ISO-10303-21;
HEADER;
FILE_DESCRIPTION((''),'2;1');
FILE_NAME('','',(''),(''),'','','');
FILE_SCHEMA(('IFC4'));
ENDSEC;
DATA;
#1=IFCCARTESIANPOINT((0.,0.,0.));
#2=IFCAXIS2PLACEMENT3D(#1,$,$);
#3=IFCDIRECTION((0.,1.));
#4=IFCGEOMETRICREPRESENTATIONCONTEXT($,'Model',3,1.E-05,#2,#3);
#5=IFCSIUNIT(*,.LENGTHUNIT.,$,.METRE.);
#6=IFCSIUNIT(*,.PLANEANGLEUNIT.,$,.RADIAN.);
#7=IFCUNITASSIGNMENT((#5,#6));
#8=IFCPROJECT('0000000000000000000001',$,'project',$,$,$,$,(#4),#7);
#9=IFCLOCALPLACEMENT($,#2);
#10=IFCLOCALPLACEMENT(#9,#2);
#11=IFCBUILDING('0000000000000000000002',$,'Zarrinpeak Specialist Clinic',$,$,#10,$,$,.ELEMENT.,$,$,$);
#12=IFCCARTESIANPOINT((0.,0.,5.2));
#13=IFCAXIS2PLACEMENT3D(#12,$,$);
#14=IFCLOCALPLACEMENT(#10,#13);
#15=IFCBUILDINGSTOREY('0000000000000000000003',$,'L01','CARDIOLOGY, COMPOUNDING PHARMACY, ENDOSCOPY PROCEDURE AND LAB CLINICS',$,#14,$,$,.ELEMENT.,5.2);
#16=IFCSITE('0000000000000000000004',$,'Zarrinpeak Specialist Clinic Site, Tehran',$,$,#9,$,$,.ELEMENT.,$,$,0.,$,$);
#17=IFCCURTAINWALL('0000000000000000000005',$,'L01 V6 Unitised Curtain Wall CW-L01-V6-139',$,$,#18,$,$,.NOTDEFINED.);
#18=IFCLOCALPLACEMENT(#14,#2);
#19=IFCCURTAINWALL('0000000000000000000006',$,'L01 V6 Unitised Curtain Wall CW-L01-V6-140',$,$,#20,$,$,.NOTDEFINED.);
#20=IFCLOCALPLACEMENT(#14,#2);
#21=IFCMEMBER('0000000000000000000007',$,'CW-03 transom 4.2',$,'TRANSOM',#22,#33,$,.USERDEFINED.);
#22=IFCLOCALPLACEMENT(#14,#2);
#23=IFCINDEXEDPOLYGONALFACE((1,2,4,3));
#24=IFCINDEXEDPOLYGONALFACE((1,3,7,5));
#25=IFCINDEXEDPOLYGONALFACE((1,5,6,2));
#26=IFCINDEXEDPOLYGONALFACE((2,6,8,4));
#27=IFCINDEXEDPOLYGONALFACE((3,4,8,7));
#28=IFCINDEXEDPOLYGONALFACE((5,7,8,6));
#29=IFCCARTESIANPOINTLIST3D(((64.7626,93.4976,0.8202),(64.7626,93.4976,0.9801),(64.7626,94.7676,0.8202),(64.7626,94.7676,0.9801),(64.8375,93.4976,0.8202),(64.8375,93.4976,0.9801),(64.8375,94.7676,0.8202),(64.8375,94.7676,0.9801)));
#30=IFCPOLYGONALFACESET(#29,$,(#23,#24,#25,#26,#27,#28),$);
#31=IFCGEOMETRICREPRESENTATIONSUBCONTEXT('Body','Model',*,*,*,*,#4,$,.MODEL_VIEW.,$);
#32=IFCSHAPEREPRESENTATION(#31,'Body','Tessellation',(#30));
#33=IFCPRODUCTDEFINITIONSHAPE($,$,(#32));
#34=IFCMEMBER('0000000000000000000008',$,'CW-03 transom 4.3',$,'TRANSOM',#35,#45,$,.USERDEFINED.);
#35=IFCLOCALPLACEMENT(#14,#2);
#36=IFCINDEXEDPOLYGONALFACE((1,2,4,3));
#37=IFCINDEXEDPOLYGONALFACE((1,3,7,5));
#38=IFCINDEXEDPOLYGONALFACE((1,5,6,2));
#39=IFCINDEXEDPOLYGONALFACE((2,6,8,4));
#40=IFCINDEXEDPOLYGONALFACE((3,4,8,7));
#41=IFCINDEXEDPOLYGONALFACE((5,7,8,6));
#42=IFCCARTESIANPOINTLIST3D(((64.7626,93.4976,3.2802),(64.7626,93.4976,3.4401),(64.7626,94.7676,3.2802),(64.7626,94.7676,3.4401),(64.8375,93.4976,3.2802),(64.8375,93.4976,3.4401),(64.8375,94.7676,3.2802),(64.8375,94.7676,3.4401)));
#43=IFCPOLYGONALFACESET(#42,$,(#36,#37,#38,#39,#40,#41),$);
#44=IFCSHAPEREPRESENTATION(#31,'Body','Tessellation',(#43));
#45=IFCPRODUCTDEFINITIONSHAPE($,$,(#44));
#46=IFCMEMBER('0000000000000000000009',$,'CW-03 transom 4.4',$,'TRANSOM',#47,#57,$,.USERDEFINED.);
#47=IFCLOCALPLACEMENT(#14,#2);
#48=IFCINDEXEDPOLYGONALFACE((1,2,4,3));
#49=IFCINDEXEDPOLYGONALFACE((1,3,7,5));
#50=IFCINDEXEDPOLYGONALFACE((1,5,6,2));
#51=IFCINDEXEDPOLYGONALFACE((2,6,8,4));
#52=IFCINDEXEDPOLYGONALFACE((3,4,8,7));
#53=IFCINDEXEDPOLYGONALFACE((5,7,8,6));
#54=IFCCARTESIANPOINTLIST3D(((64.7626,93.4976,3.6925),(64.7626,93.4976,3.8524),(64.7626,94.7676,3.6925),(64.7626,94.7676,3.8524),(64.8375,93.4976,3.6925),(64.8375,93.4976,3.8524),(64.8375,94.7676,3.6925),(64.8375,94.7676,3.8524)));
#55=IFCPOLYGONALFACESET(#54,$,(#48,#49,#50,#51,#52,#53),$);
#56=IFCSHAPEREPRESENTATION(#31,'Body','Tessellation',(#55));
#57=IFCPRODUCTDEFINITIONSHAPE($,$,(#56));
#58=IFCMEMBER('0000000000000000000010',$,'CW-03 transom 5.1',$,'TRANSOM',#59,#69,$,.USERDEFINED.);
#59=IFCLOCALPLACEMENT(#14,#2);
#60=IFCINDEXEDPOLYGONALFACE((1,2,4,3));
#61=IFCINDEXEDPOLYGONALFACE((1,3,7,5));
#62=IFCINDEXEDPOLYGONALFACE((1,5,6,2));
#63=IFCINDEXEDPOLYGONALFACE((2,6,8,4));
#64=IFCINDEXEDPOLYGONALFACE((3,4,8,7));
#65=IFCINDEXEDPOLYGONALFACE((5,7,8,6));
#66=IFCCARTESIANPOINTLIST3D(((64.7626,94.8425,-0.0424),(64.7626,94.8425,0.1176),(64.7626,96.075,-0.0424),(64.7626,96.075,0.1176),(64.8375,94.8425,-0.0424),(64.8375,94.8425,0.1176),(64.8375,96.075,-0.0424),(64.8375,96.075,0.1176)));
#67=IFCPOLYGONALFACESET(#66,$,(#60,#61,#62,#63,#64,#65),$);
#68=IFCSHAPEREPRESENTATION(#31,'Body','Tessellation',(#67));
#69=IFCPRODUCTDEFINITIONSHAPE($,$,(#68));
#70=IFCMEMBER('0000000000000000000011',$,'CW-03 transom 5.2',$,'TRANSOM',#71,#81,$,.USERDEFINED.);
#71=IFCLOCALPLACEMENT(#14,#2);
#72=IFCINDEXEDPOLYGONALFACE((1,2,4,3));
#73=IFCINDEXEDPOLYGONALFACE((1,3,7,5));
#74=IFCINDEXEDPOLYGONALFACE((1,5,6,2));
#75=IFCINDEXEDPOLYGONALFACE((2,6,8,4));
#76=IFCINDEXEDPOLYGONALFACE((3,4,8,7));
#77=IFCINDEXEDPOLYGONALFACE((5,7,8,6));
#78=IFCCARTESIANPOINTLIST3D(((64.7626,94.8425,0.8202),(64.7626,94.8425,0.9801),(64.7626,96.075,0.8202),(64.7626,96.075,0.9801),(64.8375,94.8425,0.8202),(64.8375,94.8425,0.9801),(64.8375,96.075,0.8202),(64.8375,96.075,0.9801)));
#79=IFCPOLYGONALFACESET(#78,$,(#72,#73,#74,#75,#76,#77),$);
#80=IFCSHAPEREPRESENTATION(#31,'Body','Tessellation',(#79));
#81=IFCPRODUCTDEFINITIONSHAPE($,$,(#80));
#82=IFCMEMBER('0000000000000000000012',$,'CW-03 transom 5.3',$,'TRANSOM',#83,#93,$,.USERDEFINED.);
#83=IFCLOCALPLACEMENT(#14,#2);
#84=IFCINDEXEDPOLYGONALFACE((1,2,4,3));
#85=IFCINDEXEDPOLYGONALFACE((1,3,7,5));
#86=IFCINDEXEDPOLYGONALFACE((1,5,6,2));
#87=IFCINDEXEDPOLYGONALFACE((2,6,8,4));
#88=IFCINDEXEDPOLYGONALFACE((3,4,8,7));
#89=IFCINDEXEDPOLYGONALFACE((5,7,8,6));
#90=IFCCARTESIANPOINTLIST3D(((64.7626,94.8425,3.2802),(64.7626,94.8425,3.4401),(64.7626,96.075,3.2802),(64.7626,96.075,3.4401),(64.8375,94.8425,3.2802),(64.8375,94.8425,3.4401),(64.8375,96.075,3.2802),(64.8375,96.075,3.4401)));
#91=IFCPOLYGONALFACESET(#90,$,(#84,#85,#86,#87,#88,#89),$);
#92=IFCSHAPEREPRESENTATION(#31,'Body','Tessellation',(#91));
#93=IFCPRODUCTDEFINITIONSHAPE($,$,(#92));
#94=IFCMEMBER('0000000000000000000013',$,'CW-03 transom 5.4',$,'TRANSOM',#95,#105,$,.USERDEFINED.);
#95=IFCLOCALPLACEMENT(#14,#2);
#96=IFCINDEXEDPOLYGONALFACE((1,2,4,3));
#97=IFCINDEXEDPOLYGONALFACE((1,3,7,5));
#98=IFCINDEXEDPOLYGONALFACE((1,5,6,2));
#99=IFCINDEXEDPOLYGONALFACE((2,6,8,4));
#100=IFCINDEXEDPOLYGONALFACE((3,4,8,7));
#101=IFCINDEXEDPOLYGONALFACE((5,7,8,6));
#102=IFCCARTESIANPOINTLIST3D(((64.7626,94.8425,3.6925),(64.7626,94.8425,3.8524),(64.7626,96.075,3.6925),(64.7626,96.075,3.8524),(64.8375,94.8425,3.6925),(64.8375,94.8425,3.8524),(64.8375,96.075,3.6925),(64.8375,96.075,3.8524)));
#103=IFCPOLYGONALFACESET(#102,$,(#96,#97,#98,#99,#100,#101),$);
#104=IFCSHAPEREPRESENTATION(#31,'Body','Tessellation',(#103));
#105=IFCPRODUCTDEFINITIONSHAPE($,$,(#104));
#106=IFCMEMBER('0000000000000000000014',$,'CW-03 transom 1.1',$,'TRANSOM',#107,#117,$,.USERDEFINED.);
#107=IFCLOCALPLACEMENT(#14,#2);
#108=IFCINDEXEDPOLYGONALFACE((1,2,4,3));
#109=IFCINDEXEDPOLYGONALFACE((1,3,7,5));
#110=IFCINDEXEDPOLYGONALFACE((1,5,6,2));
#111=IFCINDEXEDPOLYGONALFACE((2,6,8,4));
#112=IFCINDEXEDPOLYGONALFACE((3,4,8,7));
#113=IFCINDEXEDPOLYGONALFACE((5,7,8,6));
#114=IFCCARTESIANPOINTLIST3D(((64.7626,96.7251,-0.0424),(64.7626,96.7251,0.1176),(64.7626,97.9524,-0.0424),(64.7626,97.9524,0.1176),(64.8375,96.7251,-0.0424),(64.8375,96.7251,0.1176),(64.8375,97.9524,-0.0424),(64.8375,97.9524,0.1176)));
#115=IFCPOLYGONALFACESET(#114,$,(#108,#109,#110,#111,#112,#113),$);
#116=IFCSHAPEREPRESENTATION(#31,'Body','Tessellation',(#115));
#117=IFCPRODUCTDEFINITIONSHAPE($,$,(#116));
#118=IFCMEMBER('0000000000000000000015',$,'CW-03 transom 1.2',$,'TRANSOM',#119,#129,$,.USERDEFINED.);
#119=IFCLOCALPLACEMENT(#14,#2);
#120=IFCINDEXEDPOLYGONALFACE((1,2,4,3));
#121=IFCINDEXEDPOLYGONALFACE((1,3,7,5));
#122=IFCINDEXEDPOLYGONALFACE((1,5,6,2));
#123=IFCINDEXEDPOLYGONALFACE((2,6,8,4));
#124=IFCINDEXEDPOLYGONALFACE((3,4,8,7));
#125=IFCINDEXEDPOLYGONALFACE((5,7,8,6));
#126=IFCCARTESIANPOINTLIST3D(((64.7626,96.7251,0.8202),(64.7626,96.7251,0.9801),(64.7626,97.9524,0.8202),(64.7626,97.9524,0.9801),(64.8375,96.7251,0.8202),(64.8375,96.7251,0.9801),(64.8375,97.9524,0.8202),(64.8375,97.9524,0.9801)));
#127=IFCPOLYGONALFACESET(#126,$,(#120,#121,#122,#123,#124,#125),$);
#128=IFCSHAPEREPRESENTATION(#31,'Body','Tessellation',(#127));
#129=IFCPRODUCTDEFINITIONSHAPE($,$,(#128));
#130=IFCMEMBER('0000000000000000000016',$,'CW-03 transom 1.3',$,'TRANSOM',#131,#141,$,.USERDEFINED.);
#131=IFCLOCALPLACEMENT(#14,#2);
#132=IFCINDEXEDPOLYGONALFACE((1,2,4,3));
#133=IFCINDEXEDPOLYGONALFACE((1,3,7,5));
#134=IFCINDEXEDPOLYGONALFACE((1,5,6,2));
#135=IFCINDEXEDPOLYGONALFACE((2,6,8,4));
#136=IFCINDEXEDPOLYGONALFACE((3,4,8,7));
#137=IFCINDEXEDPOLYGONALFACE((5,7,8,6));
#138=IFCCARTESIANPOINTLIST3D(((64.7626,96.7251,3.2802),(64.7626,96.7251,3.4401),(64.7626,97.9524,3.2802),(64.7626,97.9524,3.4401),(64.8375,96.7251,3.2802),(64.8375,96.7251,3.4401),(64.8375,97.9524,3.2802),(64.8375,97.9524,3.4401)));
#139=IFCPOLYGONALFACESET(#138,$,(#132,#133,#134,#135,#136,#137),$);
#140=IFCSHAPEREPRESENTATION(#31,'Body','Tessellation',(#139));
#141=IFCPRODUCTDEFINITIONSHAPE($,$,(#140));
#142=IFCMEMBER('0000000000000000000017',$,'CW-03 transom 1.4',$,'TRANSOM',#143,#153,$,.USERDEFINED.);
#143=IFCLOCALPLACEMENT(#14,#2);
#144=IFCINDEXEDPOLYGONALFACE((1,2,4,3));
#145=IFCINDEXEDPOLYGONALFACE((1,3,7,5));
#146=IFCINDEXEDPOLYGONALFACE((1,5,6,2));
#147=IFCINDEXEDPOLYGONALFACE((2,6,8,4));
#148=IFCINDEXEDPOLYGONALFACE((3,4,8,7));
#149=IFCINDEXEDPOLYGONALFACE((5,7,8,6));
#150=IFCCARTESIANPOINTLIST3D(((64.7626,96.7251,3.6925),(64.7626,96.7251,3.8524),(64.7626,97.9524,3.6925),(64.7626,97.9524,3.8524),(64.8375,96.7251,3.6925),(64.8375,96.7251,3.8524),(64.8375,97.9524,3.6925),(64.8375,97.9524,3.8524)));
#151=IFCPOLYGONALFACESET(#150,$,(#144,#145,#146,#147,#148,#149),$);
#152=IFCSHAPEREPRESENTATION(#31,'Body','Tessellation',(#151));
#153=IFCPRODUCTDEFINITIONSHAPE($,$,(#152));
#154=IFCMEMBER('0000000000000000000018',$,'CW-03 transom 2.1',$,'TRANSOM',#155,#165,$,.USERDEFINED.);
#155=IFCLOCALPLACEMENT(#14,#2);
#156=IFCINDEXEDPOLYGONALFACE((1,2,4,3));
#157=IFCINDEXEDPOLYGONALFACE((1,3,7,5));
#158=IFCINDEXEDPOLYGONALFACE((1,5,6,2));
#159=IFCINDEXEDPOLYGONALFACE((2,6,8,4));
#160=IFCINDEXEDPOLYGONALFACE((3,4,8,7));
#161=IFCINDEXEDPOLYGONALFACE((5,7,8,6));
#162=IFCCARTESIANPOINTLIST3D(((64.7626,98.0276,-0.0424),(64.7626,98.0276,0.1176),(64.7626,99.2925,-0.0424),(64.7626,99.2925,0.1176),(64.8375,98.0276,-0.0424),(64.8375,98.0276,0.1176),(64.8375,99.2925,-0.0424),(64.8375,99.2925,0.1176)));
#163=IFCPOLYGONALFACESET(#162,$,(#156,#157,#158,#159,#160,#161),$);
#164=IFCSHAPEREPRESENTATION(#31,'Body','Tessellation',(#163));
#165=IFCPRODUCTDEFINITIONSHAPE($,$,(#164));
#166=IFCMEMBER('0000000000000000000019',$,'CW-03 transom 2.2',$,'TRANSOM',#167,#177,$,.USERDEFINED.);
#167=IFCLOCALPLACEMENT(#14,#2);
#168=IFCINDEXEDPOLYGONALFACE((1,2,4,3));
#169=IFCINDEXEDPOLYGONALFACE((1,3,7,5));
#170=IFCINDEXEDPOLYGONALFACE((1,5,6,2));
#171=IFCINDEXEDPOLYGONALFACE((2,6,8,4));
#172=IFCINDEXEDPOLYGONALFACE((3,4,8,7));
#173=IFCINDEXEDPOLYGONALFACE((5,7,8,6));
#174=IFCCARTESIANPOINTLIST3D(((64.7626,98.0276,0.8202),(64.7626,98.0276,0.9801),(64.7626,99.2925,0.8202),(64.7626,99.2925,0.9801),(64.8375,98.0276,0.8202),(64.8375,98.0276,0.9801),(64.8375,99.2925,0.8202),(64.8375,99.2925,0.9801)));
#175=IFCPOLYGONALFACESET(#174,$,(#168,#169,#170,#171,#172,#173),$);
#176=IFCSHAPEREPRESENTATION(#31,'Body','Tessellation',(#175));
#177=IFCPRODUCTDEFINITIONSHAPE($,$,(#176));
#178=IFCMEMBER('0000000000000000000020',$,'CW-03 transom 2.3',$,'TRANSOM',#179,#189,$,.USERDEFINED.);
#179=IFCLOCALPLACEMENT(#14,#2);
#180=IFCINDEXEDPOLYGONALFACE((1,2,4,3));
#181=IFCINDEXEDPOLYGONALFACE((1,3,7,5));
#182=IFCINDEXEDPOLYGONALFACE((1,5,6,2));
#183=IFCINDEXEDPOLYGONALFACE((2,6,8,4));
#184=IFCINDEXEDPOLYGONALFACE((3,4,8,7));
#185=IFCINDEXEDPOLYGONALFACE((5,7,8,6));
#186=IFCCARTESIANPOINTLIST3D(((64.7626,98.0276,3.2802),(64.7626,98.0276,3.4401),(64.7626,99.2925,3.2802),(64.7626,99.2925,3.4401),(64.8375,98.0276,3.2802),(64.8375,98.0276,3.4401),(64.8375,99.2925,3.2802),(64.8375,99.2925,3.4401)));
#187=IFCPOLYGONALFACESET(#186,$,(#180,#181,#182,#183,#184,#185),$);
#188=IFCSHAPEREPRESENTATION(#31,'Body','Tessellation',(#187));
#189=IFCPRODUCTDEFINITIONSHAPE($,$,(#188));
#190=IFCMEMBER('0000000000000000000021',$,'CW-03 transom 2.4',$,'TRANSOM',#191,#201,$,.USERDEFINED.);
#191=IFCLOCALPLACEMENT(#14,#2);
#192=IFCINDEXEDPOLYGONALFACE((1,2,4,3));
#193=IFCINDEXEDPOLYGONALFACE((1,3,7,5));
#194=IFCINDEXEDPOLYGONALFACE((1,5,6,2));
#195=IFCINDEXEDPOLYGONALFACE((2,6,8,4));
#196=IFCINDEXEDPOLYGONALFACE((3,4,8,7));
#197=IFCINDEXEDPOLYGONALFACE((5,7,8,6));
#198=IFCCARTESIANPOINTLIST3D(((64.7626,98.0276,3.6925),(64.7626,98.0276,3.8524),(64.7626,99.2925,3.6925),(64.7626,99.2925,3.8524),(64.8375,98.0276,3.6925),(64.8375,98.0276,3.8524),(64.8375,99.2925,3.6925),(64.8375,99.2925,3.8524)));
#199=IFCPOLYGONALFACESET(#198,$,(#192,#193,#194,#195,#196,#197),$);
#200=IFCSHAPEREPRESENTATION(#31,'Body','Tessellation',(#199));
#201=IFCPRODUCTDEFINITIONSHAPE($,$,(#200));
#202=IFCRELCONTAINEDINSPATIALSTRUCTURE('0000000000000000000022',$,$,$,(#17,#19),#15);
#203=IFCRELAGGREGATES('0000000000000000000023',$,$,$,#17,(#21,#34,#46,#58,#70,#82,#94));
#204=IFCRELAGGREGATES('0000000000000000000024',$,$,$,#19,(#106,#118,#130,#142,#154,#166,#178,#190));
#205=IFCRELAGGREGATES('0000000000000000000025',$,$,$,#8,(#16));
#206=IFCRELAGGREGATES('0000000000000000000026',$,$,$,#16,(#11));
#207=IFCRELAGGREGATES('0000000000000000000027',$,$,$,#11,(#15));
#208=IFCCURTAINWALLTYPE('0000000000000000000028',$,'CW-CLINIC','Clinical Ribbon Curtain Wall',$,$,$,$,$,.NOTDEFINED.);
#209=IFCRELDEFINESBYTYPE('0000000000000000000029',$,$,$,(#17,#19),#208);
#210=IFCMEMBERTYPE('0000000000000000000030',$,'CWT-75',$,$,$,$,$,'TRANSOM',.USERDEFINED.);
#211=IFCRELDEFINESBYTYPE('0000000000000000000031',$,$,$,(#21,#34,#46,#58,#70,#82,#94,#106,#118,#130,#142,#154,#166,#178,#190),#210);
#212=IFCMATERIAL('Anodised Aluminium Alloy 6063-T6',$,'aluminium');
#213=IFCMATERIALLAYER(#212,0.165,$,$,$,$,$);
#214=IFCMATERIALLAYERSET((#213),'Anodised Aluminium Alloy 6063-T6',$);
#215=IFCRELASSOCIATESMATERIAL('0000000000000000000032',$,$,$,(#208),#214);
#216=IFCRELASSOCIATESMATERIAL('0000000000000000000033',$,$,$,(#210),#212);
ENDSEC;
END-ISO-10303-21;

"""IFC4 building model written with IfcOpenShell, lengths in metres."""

from ifc_helpers import new_model, si_unit, direction, frame, origin, origin_2d, place, context, subcontext, project, spatial, rectangle, extrude, material, layer, layer_set, material_profile, profile_set, type_object, element, aggregate, save


model = new_model("IFC4")

# Units and contexts
model_context = context("Model", 3, precision=1e-05, world=origin(), true_north=direction((0.0, 1.0)))
body_context = subcontext(model_context, "Body", "Model", "MODEL_VIEW")
ifc_project = project(units=[si_unit("LENGTHUNIT", "METRE"), si_unit("PLANEANGLEUNIT", "RADIAN")], contexts=[model_context])

# Site, building, storey
site_placement = place(None, origin())
site = spatial("IfcSite", under=ifc_project, at=site_placement, Name="Zarrinpeak Specialist Clinic Site, Tehran", CompositionType="ELEMENT", RefElevation=0.0)
building_placement = place(site_placement, origin())
building = spatial("IfcBuilding", under=site, at=building_placement, Name="Zarrinpeak Specialist Clinic", CompositionType="ELEMENT")
storey_placement = place(building_placement, frame((0.0, 0.0, 5.2)))
storey = spatial("IfcBuildingStorey", under=building, at=storey_placement, Name="L01", Description="CARDIOLOGY, COMPOUNDING PHARMACY, ENDOSCOPY PROCEDURE AND LAB CLINICS", CompositionType="ELEMENT", Elevation=5.2)

# Curtain walls
ifc_material_1 = material(Name="Anodised Aluminium Alloy 6063-T6", Category="aluminium")
ifc_layer_1 = layer(ifc_material_1, 0.165)
ifc_layer_set_1 = layer_set([ifc_layer_1], Name="Anodised Aluminium Alloy 6063-T6")
curtain_wall_type = type_object("IfcCurtainWallType", Name="CW-CLINIC", Description="Clinical Ribbon Curtain Wall", PredefinedType="NOTDEFINED", material=ifc_layer_set_1)
curtain_wall_1_placement = place(storey_placement, origin())
curtain_wall_1 = element("IfcCurtainWall", 1, at=curtain_wall_1_placement, inside=storey, type_object=curtain_wall_type, Name="L01 V6 Unitised Curtain Wall CW-L01-V6-139", PredefinedType="NOTDEFINED")
curtain_wall_2_placement = place(storey_placement, origin())
curtain_wall_2 = element("IfcCurtainWall", 2, at=curtain_wall_2_placement, inside=storey, type_object=curtain_wall_type, Name="L01 V6 Unitised Curtain Wall CW-L01-V6-140", PredefinedType="NOTDEFINED")

# Members
ifc_material_profile_1 = material_profile(ifc_material_1, rectangle(XDim=0.075, YDim=0.1599, at=origin_2d()), Name="ALU 75x160")
ifc_profile_set_1 = profile_set([ifc_material_profile_1], Name="Anodised Aluminium Alloy 6063-T6")
member_type_1 = type_object("IfcMemberType", Name="CWT-75", ElementType="TRANSOM", PredefinedType="USERDEFINED", material=ifc_profile_set_1)
member_1_placement = place(storey_placement, frame((64.8, 93.4976, 0.9001), z_axis=(0.0, 1.0, 0.0), x_axis=(-1.0, 0.0, 0.0)))
member_1 = element("IfcMember", 3, at=member_1_placement, type_object=member_type_1, Name="CW-03 transom 4.2", ObjectType="TRANSOM", PredefinedType="USERDEFINED", context=body_context, shape_type="SweptSolid", body=[
    extrude(rectangle(XDim=0.075, YDim=0.1599, at=origin_2d()), origin(), (0.0, 0.0, 1.0), 1.27),
])
member_2_placement = place(storey_placement, frame((64.8, 93.4976, 3.3601), z_axis=(0.0, 1.0, 0.0), x_axis=(-1.0, 0.0, 0.0)))
member_2 = element("IfcMember", 4, at=member_2_placement, type_object=member_type_1, Name="CW-03 transom 4.3", ObjectType="TRANSOM", PredefinedType="USERDEFINED", context=body_context, shape_type="SweptSolid", body=[
    extrude(rectangle(XDim=0.075, YDim=0.1599, at=origin_2d()), origin(), (0.0, 0.0, 1.0), 1.27),
])
member_3_placement = place(storey_placement, frame((64.8, 93.4976, 3.7725), z_axis=(0.0, 1.0, 0.0), x_axis=(-1.0, 0.0, 0.0)))
member_3 = element("IfcMember", 5, at=member_3_placement, type_object=member_type_1, Name="CW-03 transom 4.4", ObjectType="TRANSOM", PredefinedType="USERDEFINED", context=body_context, shape_type="SweptSolid", body=[
    extrude(rectangle(XDim=0.075, YDim=0.1599, at=origin_2d()), origin(), (0.0, 0.0, 1.0), 1.27),
])
member_4_placement = place(storey_placement, frame((64.8, 94.8425, 0.0376), z_axis=(0.0, 1.0, 0.0), x_axis=(-1.0, 0.0, 0.0)))
member_4 = element("IfcMember", 6, at=member_4_placement, type_object=member_type_1, Name="CW-03 transom 5.1", ObjectType="TRANSOM", PredefinedType="USERDEFINED", context=body_context, shape_type="SweptSolid", body=[
    extrude(rectangle(XDim=0.075, YDim=0.1599, at=origin_2d()), origin(), (0.0, 0.0, 1.0), 1.2324),
])
member_5_placement = place(storey_placement, frame((64.8, 94.8425, 0.9001), z_axis=(0.0, 1.0, 0.0), x_axis=(-1.0, 0.0, 0.0)))
member_5 = element("IfcMember", 7, at=member_5_placement, type_object=member_type_1, Name="CW-03 transom 5.2", ObjectType="TRANSOM", PredefinedType="USERDEFINED", context=body_context, shape_type="SweptSolid", body=[
    extrude(rectangle(XDim=0.075, YDim=0.1599, at=origin_2d()), origin(), (0.0, 0.0, 1.0), 1.2324),
])
member_6_placement = place(storey_placement, frame((64.8, 94.8425, 3.3601), z_axis=(0.0, 1.0, 0.0), x_axis=(-1.0, 0.0, 0.0)))
member_6 = element("IfcMember", 8, at=member_6_placement, type_object=member_type_1, Name="CW-03 transom 5.3", ObjectType="TRANSOM", PredefinedType="USERDEFINED", context=body_context, shape_type="SweptSolid", body=[
    extrude(rectangle(XDim=0.075, YDim=0.1599, at=origin_2d()), origin(), (0.0, 0.0, 1.0), 1.2324),
])
member_7_placement = place(storey_placement, frame((64.8, 94.8425, 3.7725), z_axis=(0.0, 1.0, 0.0), x_axis=(-1.0, 0.0, 0.0)))
member_7 = element("IfcMember", 9, at=member_7_placement, type_object=member_type_1, Name="CW-03 transom 5.4", ObjectType="TRANSOM", PredefinedType="USERDEFINED", context=body_context, shape_type="SweptSolid", body=[
    extrude(rectangle(XDim=0.075, YDim=0.1599, at=origin_2d()), origin(), (0.0, 0.0, 1.0), 1.2324),
])
member_8_placement = place(storey_placement, frame((64.8, 96.7251, 0.0376), z_axis=(0.0, 1.0, 0.0), x_axis=(-1.0, 0.0, 0.0)))
member_8 = element("IfcMember", 10, at=member_8_placement, type_object=member_type_1, Name="CW-03 transom 1.1", ObjectType="TRANSOM", PredefinedType="USERDEFINED", context=body_context, shape_type="SweptSolid", body=[
    extrude(rectangle(XDim=0.075, YDim=0.1599, at=origin_2d()), origin(), (0.0, 0.0, 1.0), 1.2273),
])
member_9_placement = place(storey_placement, frame((64.8, 96.7251, 0.9001), z_axis=(0.0, 1.0, 0.0), x_axis=(-1.0, 0.0, 0.0)))
member_9 = element("IfcMember", 11, at=member_9_placement, type_object=member_type_1, Name="CW-03 transom 1.2", ObjectType="TRANSOM", PredefinedType="USERDEFINED", context=body_context, shape_type="SweptSolid", body=[
    extrude(rectangle(XDim=0.075, YDim=0.1599, at=origin_2d()), origin(), (0.0, 0.0, 1.0), 1.2273),
])
member_10_placement = place(storey_placement, frame((64.8, 96.7251, 3.3601), z_axis=(0.0, 1.0, 0.0), x_axis=(-1.0, 0.0, 0.0)))
member_10 = element("IfcMember", 12, at=member_10_placement, type_object=member_type_1, Name="CW-03 transom 1.3", ObjectType="TRANSOM", PredefinedType="USERDEFINED", context=body_context, shape_type="SweptSolid", body=[
    extrude(rectangle(XDim=0.075, YDim=0.1599, at=origin_2d()), origin(), (0.0, 0.0, 1.0), 1.2273),
])
member_11_placement = place(storey_placement, frame((64.8, 96.7251, 3.7725), z_axis=(0.0, 1.0, 0.0), x_axis=(-1.0, 0.0, 0.0)))
member_11 = element("IfcMember", 13, at=member_11_placement, type_object=member_type_1, Name="CW-03 transom 1.4", ObjectType="TRANSOM", PredefinedType="USERDEFINED", context=body_context, shape_type="SweptSolid", body=[
    extrude(rectangle(XDim=0.075, YDim=0.1599, at=origin_2d()), origin(), (0.0, 0.0, 1.0), 1.2273),
])
member_12_placement = place(storey_placement, frame((64.8, 98.0276, 0.0376), z_axis=(0.0, 1.0, 0.0), x_axis=(-1.0, 0.0, 0.0)))
member_12 = element("IfcMember", 14, at=member_12_placement, type_object=member_type_1, Name="CW-03 transom 2.1", ObjectType="TRANSOM", PredefinedType="USERDEFINED", context=body_context, shape_type="SweptSolid", body=[
    extrude(rectangle(XDim=0.075, YDim=0.1599, at=origin_2d()), origin(), (0.0, 0.0, 1.0), 1.2649),
])
member_13_placement = place(storey_placement, frame((64.8, 98.0276, 0.9001), z_axis=(0.0, 1.0, 0.0), x_axis=(-1.0, 0.0, 0.0)))
member_13 = element("IfcMember", 15, at=member_13_placement, type_object=member_type_1, Name="CW-03 transom 2.2", ObjectType="TRANSOM", PredefinedType="USERDEFINED", context=body_context, shape_type="SweptSolid", body=[
    extrude(rectangle(XDim=0.075, YDim=0.1599, at=origin_2d()), origin(), (0.0, 0.0, 1.0), 1.2649),
])
member_14_placement = place(storey_placement, frame((64.8, 98.0276, 3.3601), z_axis=(0.0, 1.0, 0.0), x_axis=(-1.0, 0.0, 0.0)))
member_14 = element("IfcMember", 16, at=member_14_placement, type_object=member_type_1, Name="CW-03 transom 2.3", ObjectType="TRANSOM", PredefinedType="USERDEFINED", context=body_context, shape_type="SweptSolid", body=[
    extrude(rectangle(XDim=0.075, YDim=0.1599, at=origin_2d()), origin(), (0.0, 0.0, 1.0), 1.2649),
])
member_15_placement = place(storey_placement, frame((64.8, 98.0276, 3.7725), z_axis=(0.0, 1.0, 0.0), x_axis=(-1.0, 0.0, 0.0)))
member_15 = element("IfcMember", 17, at=member_15_placement, type_object=member_type_1, Name="CW-03 transom 2.4", ObjectType="TRANSOM", PredefinedType="USERDEFINED", context=body_context, shape_type="SweptSolid", body=[
    extrude(rectangle(XDim=0.075, YDim=0.1599, at=origin_2d()), origin(), (0.0, 0.0, 1.0), 1.2649),
])

aggregate(curtain_wall_1, [member_1, member_2, member_3, member_4, member_5, member_6, member_7])
aggregate(curtain_wall_2, [member_8, member_9, member_10, member_11, member_12, member_13, member_14, member_15])

save(model, "model.ifc")
